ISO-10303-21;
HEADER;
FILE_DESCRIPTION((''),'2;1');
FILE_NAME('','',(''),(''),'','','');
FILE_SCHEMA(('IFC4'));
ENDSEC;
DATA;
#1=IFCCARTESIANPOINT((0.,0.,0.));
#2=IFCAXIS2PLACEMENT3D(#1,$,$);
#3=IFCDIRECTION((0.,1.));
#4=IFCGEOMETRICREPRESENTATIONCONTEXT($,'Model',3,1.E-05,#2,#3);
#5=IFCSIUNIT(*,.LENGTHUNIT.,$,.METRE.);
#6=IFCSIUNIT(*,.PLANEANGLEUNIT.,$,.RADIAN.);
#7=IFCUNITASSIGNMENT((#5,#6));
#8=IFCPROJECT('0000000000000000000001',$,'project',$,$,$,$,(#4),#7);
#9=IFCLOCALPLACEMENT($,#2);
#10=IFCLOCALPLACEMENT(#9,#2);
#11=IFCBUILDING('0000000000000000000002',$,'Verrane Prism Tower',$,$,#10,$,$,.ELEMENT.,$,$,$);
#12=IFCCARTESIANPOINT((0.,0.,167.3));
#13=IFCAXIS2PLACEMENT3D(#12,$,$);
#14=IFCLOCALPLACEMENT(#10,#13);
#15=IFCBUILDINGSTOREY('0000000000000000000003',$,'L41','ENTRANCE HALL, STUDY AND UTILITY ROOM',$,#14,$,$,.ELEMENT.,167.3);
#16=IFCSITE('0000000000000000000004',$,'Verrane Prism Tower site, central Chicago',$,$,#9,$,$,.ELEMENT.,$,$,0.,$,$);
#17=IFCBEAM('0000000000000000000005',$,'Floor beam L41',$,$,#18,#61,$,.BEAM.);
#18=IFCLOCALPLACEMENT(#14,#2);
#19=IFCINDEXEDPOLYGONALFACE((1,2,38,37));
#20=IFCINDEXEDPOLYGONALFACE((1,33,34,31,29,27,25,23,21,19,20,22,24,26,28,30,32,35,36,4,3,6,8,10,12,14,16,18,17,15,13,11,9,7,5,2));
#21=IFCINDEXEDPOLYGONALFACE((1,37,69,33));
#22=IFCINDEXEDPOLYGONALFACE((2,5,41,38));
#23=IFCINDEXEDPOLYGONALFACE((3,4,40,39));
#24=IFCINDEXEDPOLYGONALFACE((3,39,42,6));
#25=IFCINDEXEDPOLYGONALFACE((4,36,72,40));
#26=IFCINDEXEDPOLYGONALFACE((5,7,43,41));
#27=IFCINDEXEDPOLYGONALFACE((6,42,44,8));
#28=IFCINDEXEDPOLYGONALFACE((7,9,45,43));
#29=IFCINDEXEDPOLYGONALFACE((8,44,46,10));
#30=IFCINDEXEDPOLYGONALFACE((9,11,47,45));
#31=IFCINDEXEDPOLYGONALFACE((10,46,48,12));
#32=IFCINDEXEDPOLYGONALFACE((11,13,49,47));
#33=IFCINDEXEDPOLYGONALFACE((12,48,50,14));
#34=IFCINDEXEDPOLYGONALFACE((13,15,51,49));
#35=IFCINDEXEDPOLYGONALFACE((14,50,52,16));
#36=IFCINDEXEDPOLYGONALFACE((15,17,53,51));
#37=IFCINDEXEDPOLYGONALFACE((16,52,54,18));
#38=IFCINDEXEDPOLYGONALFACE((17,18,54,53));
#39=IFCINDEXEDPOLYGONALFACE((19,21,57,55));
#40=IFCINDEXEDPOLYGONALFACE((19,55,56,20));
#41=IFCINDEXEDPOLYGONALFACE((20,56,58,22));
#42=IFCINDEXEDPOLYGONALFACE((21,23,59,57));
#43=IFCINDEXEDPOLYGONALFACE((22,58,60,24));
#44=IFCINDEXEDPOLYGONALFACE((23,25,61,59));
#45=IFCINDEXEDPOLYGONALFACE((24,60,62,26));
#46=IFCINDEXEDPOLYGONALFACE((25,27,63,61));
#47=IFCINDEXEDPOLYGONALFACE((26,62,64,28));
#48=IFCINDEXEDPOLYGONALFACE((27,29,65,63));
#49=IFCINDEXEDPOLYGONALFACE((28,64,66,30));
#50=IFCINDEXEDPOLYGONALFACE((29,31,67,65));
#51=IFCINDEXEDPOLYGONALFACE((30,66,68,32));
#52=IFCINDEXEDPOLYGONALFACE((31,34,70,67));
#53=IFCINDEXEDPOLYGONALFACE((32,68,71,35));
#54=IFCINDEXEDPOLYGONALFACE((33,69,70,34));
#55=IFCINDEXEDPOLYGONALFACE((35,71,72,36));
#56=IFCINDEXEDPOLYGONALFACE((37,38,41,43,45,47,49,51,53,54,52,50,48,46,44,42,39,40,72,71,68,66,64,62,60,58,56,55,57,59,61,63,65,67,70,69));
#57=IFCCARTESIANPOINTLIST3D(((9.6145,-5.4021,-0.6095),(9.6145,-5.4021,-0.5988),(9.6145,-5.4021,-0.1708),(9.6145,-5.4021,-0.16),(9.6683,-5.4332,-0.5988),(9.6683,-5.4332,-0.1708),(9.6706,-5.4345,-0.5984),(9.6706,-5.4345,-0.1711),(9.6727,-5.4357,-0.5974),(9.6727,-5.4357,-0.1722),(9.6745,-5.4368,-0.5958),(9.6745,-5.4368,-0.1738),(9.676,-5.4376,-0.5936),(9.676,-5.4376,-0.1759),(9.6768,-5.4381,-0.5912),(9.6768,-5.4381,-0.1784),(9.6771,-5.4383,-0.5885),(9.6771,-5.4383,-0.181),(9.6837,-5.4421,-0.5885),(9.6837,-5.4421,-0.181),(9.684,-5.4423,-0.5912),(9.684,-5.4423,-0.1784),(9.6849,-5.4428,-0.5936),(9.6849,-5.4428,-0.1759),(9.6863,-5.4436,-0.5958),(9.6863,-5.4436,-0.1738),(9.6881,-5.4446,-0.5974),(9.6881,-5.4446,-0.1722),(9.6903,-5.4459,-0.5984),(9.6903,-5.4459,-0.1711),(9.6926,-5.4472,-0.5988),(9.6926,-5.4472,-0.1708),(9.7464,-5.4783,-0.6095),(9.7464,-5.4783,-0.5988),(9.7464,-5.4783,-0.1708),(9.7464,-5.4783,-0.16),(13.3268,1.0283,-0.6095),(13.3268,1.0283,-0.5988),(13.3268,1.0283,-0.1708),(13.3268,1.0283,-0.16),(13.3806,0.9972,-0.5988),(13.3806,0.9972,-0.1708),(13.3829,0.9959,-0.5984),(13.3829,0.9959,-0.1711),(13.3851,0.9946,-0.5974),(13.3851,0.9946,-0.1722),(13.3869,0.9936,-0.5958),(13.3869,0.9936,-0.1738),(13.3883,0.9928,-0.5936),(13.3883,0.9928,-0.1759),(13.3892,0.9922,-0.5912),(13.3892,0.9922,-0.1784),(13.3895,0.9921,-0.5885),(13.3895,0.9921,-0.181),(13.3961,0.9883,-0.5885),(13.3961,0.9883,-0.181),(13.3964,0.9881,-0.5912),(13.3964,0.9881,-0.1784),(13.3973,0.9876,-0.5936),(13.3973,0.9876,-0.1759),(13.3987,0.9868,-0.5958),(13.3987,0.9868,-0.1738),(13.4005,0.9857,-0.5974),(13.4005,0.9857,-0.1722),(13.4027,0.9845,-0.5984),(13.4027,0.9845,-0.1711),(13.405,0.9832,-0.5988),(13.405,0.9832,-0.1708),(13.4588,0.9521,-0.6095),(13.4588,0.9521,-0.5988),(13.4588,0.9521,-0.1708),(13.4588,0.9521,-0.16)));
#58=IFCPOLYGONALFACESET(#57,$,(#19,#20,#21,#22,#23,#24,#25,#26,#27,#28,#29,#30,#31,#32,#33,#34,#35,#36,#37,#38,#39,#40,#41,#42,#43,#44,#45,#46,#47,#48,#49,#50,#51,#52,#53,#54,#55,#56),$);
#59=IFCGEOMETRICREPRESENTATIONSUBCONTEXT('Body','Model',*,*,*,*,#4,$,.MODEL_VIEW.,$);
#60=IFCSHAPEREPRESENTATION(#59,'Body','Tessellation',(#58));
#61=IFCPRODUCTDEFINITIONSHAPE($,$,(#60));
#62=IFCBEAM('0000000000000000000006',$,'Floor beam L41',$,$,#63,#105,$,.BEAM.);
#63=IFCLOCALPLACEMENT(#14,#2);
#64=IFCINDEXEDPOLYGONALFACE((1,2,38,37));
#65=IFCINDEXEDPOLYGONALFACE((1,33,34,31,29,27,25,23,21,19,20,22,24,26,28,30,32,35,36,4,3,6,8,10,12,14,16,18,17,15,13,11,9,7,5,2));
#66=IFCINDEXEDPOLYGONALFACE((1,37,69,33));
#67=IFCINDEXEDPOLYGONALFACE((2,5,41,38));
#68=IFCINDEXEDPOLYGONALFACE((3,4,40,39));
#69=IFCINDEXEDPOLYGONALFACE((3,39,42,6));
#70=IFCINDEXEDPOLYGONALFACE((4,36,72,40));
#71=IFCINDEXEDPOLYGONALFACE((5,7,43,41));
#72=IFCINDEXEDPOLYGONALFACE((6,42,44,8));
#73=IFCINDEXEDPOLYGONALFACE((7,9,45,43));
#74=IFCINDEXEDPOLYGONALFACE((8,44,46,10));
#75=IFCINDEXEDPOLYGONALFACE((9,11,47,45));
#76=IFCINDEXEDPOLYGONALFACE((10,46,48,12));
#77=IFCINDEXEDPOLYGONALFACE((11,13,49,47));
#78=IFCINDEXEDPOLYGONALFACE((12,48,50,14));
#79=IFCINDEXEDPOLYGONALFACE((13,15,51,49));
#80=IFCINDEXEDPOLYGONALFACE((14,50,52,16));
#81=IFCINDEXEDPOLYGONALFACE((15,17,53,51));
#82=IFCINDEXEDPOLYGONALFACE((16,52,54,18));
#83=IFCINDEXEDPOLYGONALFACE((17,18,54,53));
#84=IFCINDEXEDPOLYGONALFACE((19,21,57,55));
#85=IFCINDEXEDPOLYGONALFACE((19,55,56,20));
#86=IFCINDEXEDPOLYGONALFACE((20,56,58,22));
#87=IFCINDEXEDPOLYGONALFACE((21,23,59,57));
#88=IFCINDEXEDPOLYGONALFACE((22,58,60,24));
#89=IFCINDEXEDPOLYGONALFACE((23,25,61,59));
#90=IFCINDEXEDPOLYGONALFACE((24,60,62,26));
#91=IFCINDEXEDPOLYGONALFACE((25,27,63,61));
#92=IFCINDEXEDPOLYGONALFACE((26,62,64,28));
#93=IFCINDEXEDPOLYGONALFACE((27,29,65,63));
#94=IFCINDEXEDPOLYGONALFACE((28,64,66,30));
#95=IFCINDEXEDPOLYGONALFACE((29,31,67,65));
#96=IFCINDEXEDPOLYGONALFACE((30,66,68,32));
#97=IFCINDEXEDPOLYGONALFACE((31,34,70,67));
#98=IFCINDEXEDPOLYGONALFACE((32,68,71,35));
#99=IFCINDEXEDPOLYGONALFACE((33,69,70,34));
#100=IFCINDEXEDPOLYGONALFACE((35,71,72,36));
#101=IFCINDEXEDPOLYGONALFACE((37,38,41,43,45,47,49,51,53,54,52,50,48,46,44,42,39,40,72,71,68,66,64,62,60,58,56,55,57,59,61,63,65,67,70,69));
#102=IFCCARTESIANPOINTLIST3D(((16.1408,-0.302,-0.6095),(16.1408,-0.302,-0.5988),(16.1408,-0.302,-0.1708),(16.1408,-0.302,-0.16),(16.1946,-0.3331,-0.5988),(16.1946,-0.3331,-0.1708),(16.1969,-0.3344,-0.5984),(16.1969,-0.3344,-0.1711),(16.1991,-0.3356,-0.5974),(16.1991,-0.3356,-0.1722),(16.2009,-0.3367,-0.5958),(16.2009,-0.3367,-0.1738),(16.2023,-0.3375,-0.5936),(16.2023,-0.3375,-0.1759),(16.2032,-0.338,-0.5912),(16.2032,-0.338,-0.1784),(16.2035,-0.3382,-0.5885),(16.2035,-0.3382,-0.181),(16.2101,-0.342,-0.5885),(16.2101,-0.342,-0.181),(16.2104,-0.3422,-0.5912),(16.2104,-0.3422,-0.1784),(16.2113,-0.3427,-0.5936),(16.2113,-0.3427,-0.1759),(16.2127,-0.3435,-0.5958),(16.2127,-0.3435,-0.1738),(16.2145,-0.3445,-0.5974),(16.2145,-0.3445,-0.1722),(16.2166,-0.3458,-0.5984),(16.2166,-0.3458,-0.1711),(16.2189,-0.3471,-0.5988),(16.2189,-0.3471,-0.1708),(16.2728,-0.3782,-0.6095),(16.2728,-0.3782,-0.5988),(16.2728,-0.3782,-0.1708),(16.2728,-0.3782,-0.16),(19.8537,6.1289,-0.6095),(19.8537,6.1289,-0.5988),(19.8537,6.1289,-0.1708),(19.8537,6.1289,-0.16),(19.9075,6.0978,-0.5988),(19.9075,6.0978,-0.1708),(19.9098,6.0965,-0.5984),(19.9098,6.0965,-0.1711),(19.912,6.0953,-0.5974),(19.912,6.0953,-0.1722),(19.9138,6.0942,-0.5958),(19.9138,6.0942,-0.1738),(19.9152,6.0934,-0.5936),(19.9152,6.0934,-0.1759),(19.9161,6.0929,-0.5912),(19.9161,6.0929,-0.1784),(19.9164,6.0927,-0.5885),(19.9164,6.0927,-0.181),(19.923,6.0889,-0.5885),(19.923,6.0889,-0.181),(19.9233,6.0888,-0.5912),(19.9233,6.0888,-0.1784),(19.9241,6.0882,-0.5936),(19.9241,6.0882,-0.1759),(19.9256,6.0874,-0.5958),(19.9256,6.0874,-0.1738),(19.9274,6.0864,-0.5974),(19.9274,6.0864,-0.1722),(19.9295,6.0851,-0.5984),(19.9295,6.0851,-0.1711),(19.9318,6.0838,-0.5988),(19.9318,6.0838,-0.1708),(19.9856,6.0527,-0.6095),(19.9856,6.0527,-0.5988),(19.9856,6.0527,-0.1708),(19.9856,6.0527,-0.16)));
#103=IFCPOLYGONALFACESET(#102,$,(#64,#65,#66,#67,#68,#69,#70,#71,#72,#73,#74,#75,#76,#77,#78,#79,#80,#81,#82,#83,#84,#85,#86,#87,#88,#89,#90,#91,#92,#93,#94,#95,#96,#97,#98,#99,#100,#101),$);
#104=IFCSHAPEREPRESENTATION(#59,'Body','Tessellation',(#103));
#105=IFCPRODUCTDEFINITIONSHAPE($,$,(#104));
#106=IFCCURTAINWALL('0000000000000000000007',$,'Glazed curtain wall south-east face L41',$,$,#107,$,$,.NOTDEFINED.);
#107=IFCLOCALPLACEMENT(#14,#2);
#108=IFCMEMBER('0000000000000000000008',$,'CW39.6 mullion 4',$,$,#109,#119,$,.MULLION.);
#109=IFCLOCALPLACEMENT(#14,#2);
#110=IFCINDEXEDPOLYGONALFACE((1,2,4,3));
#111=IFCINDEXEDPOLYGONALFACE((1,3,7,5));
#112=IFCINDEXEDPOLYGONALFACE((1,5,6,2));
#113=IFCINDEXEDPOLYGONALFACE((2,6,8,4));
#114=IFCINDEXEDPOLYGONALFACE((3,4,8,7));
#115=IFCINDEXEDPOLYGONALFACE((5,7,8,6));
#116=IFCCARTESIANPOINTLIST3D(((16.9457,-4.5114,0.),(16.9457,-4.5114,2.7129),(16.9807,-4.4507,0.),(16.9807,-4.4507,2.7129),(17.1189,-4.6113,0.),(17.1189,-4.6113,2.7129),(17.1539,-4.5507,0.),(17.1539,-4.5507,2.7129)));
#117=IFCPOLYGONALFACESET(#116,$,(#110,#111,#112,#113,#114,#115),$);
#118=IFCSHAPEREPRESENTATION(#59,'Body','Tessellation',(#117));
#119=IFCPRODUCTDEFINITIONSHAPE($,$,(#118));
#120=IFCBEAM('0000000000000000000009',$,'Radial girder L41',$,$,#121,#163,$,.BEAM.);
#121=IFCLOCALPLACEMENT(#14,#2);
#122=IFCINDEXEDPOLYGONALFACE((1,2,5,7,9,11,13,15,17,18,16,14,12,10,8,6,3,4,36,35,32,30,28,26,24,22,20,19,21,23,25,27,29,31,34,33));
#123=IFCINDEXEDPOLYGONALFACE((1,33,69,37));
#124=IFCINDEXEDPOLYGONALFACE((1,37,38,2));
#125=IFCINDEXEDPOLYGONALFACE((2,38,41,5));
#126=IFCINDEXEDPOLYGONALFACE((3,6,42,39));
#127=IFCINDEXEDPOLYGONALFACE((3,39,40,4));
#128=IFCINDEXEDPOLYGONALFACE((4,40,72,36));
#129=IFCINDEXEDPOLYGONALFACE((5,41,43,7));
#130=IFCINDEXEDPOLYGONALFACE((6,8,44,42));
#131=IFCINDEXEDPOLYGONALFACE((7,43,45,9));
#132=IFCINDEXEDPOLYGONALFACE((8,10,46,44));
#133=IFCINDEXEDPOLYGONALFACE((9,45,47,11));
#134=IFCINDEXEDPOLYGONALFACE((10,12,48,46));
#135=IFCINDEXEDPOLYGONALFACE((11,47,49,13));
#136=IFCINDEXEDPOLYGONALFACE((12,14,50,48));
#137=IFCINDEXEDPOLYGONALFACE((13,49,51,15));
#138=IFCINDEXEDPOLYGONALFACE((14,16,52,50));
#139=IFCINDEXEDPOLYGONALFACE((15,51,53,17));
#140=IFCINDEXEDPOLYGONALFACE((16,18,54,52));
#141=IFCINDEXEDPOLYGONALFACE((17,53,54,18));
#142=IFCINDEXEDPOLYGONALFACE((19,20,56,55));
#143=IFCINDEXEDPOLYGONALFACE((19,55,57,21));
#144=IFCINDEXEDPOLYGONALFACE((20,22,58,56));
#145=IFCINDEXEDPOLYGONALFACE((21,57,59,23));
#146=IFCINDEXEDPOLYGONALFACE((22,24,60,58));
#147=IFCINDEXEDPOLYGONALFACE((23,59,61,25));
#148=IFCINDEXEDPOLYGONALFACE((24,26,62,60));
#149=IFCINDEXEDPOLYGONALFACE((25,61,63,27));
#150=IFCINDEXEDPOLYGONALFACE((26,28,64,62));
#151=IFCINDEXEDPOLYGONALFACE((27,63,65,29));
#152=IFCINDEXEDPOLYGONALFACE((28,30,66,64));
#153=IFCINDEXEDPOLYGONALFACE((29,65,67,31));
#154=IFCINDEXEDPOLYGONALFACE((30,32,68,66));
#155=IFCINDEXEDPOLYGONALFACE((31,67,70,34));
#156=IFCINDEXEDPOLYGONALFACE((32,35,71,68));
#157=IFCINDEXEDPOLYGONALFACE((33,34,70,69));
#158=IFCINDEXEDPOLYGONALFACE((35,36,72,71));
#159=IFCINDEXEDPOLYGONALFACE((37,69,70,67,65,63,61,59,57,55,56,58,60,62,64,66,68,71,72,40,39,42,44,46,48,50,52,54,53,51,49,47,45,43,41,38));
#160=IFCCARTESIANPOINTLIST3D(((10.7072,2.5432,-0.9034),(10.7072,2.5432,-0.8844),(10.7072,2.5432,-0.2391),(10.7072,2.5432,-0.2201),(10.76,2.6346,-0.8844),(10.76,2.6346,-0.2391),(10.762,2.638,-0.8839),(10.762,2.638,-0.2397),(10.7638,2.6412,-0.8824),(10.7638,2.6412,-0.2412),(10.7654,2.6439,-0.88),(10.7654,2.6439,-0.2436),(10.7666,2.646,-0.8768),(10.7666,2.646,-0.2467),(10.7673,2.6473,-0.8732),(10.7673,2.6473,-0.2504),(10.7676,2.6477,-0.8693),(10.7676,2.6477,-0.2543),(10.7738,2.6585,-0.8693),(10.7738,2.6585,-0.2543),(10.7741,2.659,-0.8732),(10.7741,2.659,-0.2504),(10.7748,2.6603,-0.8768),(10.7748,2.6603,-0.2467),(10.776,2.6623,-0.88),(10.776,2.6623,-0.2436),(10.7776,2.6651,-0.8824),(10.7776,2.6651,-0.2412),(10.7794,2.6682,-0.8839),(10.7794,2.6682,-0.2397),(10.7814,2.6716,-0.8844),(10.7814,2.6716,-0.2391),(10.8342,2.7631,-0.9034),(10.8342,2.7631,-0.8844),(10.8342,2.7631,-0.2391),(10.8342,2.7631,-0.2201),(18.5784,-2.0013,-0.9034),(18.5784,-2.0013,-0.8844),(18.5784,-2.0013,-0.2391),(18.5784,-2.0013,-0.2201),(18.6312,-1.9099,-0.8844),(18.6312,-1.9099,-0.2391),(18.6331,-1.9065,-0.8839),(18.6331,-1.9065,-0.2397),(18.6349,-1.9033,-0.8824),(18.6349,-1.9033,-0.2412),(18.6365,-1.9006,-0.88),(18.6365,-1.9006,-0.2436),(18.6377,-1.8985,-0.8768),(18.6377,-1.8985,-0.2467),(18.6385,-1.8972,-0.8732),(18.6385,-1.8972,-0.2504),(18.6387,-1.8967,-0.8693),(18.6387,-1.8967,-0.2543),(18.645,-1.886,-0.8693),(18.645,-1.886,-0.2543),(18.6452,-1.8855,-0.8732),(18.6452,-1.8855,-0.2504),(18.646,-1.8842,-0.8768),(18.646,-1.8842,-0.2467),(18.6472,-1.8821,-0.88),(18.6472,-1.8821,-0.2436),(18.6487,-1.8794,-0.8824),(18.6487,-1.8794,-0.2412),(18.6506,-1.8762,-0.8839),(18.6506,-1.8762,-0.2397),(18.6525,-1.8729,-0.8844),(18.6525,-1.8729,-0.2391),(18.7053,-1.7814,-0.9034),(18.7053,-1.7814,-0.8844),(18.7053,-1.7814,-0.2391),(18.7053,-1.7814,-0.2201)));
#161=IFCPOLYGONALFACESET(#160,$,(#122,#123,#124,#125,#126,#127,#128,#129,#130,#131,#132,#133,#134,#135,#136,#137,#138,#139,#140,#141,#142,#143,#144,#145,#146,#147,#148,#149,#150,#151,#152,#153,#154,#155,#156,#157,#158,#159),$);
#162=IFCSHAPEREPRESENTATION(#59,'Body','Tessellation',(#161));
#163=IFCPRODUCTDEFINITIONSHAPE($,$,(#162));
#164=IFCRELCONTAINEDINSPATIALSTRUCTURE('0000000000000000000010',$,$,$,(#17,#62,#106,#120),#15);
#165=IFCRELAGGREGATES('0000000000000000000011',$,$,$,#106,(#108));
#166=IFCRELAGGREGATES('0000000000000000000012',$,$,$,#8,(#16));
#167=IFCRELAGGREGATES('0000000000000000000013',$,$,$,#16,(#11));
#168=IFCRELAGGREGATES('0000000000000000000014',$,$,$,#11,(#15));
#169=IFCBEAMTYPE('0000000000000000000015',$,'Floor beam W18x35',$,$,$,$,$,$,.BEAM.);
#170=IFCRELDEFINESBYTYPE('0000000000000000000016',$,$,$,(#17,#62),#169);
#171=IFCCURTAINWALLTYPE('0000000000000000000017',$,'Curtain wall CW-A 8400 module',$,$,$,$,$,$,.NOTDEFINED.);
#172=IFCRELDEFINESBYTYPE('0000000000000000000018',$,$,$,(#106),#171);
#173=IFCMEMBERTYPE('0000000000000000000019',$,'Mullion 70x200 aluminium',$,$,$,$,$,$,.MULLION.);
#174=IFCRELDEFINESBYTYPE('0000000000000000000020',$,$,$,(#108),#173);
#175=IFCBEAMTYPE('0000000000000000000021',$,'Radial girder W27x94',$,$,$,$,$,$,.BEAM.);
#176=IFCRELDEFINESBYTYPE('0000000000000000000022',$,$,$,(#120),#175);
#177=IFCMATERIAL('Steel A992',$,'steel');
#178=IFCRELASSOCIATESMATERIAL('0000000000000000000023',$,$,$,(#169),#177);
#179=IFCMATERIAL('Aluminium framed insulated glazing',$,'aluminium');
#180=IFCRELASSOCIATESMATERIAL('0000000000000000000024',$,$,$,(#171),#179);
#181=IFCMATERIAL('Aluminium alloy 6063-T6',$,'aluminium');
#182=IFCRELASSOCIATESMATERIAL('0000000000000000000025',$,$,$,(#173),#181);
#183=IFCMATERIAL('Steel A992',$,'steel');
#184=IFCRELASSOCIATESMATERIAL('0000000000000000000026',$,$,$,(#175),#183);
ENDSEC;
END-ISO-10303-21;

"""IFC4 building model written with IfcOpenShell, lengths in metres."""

from ifc_helpers import new_model, si_unit, direction, frame, origin, origin_2d, place, context, subcontext, project, spatial, rectangle, i_section, extrude, material, material_profile, profile_set, type_object, element, aggregate, save


model = new_model("IFC4")

# Units and contexts
model_context = context("Model", 3, precision=1e-05, world=origin(), true_north=direction((0.0, 1.0)))
body_context = subcontext(model_context, "Body", "Model", "MODEL_VIEW")
ifc_project = project(units=[si_unit("LENGTHUNIT", "METRE"), si_unit("PLANEANGLEUNIT", "RADIAN")], contexts=[model_context])

# Site, building, storey
site_placement = place(None, origin())
site = spatial("IfcSite", under=ifc_project, at=site_placement, Name="Verrane Prism Tower site, central Chicago", CompositionType="ELEMENT", RefElevation=0.0)
building_placement = place(site_placement, origin())
building = spatial("IfcBuilding", under=site, at=building_placement, Name="Verrane Prism Tower", CompositionType="ELEMENT")
storey_placement = place(building_placement, frame((0.0, 0.0, 167.3)))
storey = spatial("IfcBuildingStorey", under=building, at=storey_placement, Name="L41", Description="ENTRANCE HALL, STUDY AND UTILITY ROOM", CompositionType="ELEMENT", Elevation=167.3)

# Beams
ifc_material_1 = material(Name="Steel A992", Category="steel")
ifc_material_profile_1 = material_profile(ifc_material_1, i_section(OverallWidth=0.1523, OverallDepth=0.4495, WebThickness=0.0076, FlangeThickness=0.0107, FilletRadius=0.0103, at=origin_2d()), Name="W18x35")
ifc_profile_set_1 = profile_set([ifc_material_profile_1], Name="Steel A992")
beam_type_1 = type_object("IfcBeamType", Name="Floor beam W18x35", PredefinedType="BEAM", material=ifc_profile_set_1)
for number, where, z_axis, x_axis, name in (
    (1, (9.6804, -5.4402, -0.3848), (0.49998, 0.866037, 0.0), (-0.866037, 0.49998, 0.0), "Floor beam L41"),
):
    element("IfcBeam", number, at=place(storey_placement, frame(where, z_axis=z_axis, x_axis=x_axis)), inside=storey, type_object=beam_type_1, Name=name, PredefinedType="BEAM", context=body_context, shape_type="SweptSolid", body=[
        extrude(i_section(OverallWidth=0.1523, OverallDepth=0.4495, WebThickness=0.0076, FlangeThickness=0.0107, FilletRadius=0.0103, at=origin_2d()), origin(), (0.0, 0.0, 1.0), 7.425),
    ])
beam_1_placement = place(storey_placement, frame((16.2068, -0.3401, -0.3848), z_axis=(0.5, 0.866025, 0.0), x_axis=(-0.866025, 0.5, 0.0)))
element("IfcBeam", 2, at=beam_1_placement, inside=storey, type_object=beam_type_1, Name="Floor beam L41", PredefinedType="BEAM", context=body_context, shape_type="SweptSolid", body=[
    extrude(i_section(OverallWidth=0.1523, OverallDepth=0.4495, WebThickness=0.0076, FlangeThickness=0.0107, FilletRadius=0.0103, at=origin_2d()), origin(), (0.0, 0.0, 1.0), 7.4258),
])

# Curtain wall, member
ifc_material_2 = material(Name="Aluminium framed insulated glazing", Category="aluminium")
curtain_wall_type = type_object("IfcCurtainWallType", Name="Curtain wall CW-A 8400 module", PredefinedType="NOTDEFINED", material=ifc_material_2)
curtain_wall_placement = place(storey_placement, origin())
curtain_wall = element("IfcCurtainWall", 3, at=curtain_wall_placement, inside=storey, type_object=curtain_wall_type, Name="Glazed curtain wall south-east face L41", PredefinedType="NOTDEFINED")
ifc_material_3 = material(Name="Aluminium alloy 6063-T6", Category="aluminium")
ifc_material_profile_2 = material_profile(ifc_material_3, rectangle(XDim=0.2, YDim=0.0701, at=origin_2d()), Name="Mullion 70x200 aluminium")
ifc_profile_set_2 = profile_set([ifc_material_profile_2], Name="Aluminium alloy 6063-T6")
member_type_1 = type_object("IfcMemberType", Name="Mullion 70x200 aluminium", PredefinedType="MULLION", material=ifc_profile_set_2)
member_1_placement = place(storey_placement, frame((17.0498, -4.531, 0.0), z_axis=(0.0, 0.0, 1.0), x_axis=(-0.866026, 0.499999, 0.0)))
member_1 = element("IfcMember", 4, at=member_1_placement, type_object=member_type_1, Name="CW39.6 mullion 4", PredefinedType="MULLION", context=body_context, shape_type="SweptSolid", body=[
    extrude(rectangle(XDim=0.2, YDim=0.0701, at=origin_2d()), origin(), (0.0, 0.0, 1.0), 2.7129),
])

# Beam
ifc_material_4 = material(Name="Steel A992", Category="steel")
ifc_material_profile_3 = material_profile(ifc_material_4, i_section(OverallWidth=0.2539, OverallDepth=0.6833, WebThickness=0.0125, FlangeThickness=0.019, FilletRadius=0.0151, at=origin_2d()), Name="W27x94")
ifc_profile_set_3 = profile_set([ifc_material_profile_3], Name="Steel A992")
beam_type_2 = type_object("IfcBeamType", Name="Radial girder W27x94", PredefinedType="BEAM", material=ifc_profile_set_3)
beam_2_placement = place(storey_placement, frame((18.6418, -1.8914, -0.5618), z_axis=(-0.866023, 0.500005, 0.0), x_axis=(-0.500005, -0.866023, 0.0)))
element("IfcBeam", 5, at=beam_2_placement, inside=storey, type_object=beam_type_2, Name="Radial girder L41", PredefinedType="BEAM", context=body_context, shape_type="SweptSolid", body=[
    extrude(i_section(OverallWidth=0.2539, OverallDepth=0.6833, WebThickness=0.0125, FlangeThickness=0.019, FilletRadius=0.0151, at=origin_2d()), origin(), (0.0, 0.0, 1.0), 9.0889),
])

aggregate(curtain_wall, [member_1])

save(model, "model.ifc")
